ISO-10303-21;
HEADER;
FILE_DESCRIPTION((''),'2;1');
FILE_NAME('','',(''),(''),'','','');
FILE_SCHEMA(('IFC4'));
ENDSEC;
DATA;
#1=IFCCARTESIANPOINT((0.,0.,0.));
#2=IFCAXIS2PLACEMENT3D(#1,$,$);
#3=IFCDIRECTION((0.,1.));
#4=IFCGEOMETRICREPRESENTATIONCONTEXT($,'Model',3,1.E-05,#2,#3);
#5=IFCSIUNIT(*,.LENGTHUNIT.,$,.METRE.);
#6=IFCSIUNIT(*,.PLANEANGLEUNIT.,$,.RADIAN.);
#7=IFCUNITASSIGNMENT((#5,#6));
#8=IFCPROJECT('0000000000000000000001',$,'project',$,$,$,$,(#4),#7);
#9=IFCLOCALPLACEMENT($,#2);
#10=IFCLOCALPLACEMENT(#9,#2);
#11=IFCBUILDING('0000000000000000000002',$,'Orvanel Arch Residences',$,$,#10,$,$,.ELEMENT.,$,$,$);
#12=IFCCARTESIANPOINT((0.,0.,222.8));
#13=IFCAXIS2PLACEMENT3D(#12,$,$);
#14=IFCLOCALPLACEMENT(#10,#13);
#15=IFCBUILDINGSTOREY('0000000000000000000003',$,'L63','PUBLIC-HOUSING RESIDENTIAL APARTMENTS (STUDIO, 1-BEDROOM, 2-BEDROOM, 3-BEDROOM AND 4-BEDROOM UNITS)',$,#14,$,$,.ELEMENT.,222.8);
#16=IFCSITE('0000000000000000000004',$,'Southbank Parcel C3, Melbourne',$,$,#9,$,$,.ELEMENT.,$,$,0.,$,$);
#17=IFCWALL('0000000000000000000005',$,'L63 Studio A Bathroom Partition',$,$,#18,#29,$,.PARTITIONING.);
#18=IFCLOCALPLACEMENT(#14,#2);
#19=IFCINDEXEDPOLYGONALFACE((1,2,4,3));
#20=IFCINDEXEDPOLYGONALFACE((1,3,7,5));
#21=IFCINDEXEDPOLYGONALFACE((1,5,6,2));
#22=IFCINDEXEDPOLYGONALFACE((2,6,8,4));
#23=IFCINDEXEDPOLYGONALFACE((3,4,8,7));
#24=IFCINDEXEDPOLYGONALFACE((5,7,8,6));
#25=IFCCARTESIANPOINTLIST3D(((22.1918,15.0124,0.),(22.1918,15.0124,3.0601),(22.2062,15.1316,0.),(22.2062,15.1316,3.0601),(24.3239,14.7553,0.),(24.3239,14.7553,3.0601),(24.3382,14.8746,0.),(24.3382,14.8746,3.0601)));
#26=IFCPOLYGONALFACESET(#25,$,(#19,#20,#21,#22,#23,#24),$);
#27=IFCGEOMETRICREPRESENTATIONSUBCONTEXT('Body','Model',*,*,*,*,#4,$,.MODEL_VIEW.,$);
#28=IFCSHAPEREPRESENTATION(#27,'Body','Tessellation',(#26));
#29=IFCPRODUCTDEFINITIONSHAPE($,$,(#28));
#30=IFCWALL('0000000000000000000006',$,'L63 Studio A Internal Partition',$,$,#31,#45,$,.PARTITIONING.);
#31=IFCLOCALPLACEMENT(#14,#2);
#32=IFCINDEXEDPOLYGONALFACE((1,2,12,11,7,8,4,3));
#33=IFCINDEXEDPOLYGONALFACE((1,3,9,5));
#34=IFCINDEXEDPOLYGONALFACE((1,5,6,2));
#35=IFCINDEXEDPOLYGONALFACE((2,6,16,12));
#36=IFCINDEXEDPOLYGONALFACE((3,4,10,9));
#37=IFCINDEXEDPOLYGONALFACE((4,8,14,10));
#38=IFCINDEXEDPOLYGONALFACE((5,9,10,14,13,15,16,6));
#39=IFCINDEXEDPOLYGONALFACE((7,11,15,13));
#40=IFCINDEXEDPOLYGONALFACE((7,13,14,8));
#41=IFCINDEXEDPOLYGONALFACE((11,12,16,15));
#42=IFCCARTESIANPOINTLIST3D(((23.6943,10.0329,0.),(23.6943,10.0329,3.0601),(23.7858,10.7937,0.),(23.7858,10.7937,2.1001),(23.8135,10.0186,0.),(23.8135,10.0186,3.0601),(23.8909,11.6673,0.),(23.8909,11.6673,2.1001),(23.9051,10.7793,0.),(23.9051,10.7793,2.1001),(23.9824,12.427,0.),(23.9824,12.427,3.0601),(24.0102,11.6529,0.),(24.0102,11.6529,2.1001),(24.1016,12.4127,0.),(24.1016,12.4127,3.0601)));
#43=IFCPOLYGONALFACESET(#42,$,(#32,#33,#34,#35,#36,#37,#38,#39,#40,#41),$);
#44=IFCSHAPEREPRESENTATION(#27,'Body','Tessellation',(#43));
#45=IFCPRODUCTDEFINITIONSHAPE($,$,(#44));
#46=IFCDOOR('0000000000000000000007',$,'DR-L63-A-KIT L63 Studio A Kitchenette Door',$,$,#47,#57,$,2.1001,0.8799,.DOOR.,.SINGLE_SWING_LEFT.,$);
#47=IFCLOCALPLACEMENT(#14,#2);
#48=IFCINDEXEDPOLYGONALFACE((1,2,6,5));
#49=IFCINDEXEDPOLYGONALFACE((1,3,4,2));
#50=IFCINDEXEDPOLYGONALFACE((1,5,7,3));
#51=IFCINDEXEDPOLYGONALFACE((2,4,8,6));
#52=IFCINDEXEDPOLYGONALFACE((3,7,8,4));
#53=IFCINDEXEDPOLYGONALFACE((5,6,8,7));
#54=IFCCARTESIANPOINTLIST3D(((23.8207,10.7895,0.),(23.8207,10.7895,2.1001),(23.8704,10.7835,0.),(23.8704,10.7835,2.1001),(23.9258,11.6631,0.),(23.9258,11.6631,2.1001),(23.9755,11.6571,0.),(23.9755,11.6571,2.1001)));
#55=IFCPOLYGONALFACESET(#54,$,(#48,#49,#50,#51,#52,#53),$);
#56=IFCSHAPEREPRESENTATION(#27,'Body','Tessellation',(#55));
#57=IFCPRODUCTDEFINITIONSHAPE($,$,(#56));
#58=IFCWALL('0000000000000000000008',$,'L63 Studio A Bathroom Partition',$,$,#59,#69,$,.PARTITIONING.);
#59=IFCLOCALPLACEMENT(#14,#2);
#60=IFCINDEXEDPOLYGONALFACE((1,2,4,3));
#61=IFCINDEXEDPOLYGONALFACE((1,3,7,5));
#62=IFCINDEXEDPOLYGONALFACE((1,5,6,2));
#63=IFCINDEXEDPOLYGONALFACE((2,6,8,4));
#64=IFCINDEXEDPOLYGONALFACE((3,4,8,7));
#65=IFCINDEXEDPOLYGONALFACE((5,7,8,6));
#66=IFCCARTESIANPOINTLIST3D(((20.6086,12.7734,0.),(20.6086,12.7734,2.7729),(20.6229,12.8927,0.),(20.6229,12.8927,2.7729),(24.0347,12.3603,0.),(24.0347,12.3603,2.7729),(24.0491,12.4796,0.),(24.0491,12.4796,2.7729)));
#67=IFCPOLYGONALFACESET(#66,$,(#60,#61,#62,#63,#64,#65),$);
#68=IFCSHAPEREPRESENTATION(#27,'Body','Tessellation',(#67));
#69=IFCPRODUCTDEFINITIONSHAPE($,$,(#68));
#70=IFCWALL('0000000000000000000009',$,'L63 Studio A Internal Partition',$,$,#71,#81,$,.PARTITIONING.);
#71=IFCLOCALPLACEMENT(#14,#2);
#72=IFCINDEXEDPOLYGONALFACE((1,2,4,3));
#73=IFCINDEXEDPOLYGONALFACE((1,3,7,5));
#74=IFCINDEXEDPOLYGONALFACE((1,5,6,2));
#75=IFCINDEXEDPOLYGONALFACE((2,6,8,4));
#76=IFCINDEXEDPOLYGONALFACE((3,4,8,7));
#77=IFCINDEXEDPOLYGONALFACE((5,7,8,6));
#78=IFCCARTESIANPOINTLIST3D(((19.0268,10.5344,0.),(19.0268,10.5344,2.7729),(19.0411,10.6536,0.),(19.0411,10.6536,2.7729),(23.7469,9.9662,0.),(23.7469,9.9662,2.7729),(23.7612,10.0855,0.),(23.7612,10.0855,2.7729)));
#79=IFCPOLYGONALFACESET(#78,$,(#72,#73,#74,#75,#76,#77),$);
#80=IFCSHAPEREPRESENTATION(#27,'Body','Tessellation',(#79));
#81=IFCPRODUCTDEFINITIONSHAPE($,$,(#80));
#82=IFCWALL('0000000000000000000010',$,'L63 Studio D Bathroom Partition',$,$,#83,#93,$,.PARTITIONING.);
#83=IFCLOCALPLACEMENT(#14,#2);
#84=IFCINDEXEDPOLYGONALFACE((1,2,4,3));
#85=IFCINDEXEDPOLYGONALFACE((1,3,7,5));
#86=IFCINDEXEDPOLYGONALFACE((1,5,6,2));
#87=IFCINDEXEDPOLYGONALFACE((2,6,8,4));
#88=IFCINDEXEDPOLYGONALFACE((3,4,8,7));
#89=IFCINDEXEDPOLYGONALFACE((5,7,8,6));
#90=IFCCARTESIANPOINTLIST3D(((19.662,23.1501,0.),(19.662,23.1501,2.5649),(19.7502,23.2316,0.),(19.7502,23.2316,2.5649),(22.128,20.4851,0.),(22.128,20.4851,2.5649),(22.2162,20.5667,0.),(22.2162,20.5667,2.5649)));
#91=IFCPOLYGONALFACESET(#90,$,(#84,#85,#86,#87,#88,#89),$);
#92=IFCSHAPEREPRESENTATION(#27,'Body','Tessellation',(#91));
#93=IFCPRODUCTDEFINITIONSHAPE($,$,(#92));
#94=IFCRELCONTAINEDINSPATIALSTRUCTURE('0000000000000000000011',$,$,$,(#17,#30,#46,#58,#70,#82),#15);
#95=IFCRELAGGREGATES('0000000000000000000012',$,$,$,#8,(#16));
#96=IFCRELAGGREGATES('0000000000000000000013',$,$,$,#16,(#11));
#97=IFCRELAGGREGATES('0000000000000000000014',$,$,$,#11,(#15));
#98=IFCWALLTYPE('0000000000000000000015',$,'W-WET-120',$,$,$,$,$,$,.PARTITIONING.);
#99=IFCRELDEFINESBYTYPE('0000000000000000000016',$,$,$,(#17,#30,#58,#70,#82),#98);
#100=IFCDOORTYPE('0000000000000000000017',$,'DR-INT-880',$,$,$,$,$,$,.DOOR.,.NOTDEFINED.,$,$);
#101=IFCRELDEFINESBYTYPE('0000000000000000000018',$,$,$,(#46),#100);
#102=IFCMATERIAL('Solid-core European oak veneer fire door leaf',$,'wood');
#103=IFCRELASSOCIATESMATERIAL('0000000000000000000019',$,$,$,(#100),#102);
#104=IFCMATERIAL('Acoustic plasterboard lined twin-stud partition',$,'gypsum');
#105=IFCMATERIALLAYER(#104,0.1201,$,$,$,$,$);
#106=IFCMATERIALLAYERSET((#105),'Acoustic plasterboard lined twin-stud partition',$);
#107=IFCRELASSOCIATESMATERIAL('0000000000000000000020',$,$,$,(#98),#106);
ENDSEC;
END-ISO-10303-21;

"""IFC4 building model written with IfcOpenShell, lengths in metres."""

from ifc_helpers import new_model, si_unit, direction, frame, frame_2d, origin, place, context, subcontext, project, spatial, rectangle, extrude, material, layer, layer_set, type_object, element, fill, save


model = new_model("IFC4")

# Units and contexts
model_context = context("Model", 3, precision=1e-05, world=origin(), true_north=direction((0.0, 1.0)))
body_context = subcontext(model_context, "Body", "Model", "MODEL_VIEW")
ifc_project = project(units=[si_unit("LENGTHUNIT", "METRE"), si_unit("PLANEANGLEUNIT", "RADIAN")], contexts=[model_context])

# Site, building, storey
site_placement = place(None, origin())
site = spatial("IfcSite", under=ifc_project, at=site_placement, Name="Southbank Parcel C3, Melbourne", CompositionType="ELEMENT", RefElevation=0.0)
building_placement = place(site_placement, origin())
building = spatial("IfcBuilding", under=site, at=building_placement, Name="Orvanel Arch Residences", CompositionType="ELEMENT")
storey_placement = place(building_placement, frame((0.0, 0.0, 222.8)))
storey = spatial("IfcBuildingStorey", under=building, at=storey_placement, Name="L63", Description="PUBLIC-HOUSING RESIDENTIAL APARTMENTS (STUDIO, 1-BEDROOM, 2-BEDROOM, 3-BEDROOM AND 4-BEDROOM UNITS)", CompositionType="ELEMENT", Elevation=222.8)

# Shared definitions
ifc_material_1 = material(Name="Acoustic plasterboard lined twin-stud partition", Category="gypsum")
ifc_material_2 = material(Name="Solid-core European oak veneer fire door leaf", Category="wood")
door_type_1 = type_object("IfcDoorType", Name="DR-INT-880", OperationType="NOTDEFINED", PredefinedType="DOOR", material=ifc_material_2)
ifc_layer_1 = layer(ifc_material_1, 0.1201)
ifc_layer_set_1 = layer_set([ifc_layer_1], Name="Acoustic plasterboard lined twin-stud partition")
wall_type_1 = type_object("IfcWallType", Name="W-WET-120", PredefinedType="PARTITIONING", material=ifc_layer_set_1)

# Wall
wall_1_placement = place(storey_placement, frame((24.3311, 14.8149, 0.0), z_axis=(0.0, 0.0, 1.0), x_axis=(-0.992809, 0.11971, 0.0)))
element("IfcWall", 1, at=wall_1_placement, inside=storey, type_object=wall_type_1, Name="L63 Studio A Bathroom Partition", PredefinedType="PARTITIONING", context=body_context, shape_type="SweptSolid", body=[
    extrude(rectangle(XDim=2.1475, YDim=0.1201, at=frame_2d((1.0737, 0.0))), origin(), (0.0, 0.0, 1.0), 3.0601),
])

# Wall, opening, door
wall_2_placement = place(storey_placement, frame((23.7539, 10.0259, 0.0), z_axis=(0.0, 0.0, 1.0), x_axis=(0.119473, 0.992837, 0.0)))
wall_2 = element("IfcWall", 2, at=wall_2_placement, inside=storey, type_object=wall_type_1, Name="L63 Studio A Internal Partition", PredefinedType="PARTITIONING", context=body_context, shape_type="SweptSolid", body=[
    extrude(rectangle(XDim=2.4114, YDim=0.1201, at=frame_2d((1.2056, 0.0))), origin(), (0.0, 0.0, 1.0), 3.0601),
])
opening_1_placement = place(wall_2_placement, frame((0.7661, 0.0, 0.0)))
opening_1 = element("IfcOpeningElement", 3, at=opening_1_placement, cuts=wall_2, PredefinedType="OPENING", context=body_context, shape_type="SweptSolid", body=[
    extrude(rectangle(XDim=0.8799, YDim=2.1001, at=frame_2d((0.4399, 1.05))), frame((0.0, 0.0701, 0.0), z_axis=(0.0, -1.0, 0.0), x_axis=(1.0, 0.0, 0.0)), (0.0, 0.0, 1.0), 0.1401),
])
door_1_placement = place(opening_1_placement, origin())
door_1 = element("IfcDoor", 4, at=door_1_placement, inside=storey, type_object=door_type_1, Name="DR-L63-A-KIT L63 Studio A Kitchenette Door", OperationType="SINGLE_SWING_LEFT", OverallHeight=2.1001, OverallWidth=0.8799, PredefinedType="DOOR", context=body_context, shape_type="SweptSolid", body=[
    extrude(rectangle(XDim=0.8799, YDim=2.1001, at=frame_2d((0.4399, 1.05))), frame((0.0, 0.0249, 0.0), z_axis=(0.0, -1.0, 0.0), x_axis=(1.0, 0.0, 0.0)), (0.0, 0.0, 1.0), 0.05),
])
fill(opening_1, door_1)

# Walls
wall_3_placement = place(storey_placement, frame((24.042, 12.4199, 0.0), z_axis=(0.0, 0.0, 1.0), x_axis=(-0.992809, 0.119706, 0.0)))
element("IfcWall", 5, at=wall_3_placement, inside=storey, type_object=wall_type_1, Name="L63 Studio A Bathroom Partition", PredefinedType="PARTITIONING", context=body_context, shape_type="SweptSolid", body=[
    extrude(rectangle(XDim=3.4509, YDim=0.1201, at=frame_2d((1.7256, 0.0))), origin(), (0.0, 0.0, 1.0), 2.7729),
])
wall_4_placement = place(storey_placement, frame((23.7539, 10.0259, 0.0), z_axis=(0.0, 0.0, 1.0), x_axis=(-0.992834, 0.119502, 0.0)))
element("IfcWall", 6, at=wall_4_placement, inside=storey, type_object=wall_type_1, Name="L63 Studio A Internal Partition", PredefinedType="PARTITIONING", context=body_context, shape_type="SweptSolid", body=[
    extrude(rectangle(XDim=4.7542, YDim=0.1201, at=frame_2d((2.377, 0.0))), origin(), (0.0, 0.0, 1.0), 2.7729),
])
wall_5_placement = place(storey_placement, frame((22.1721, 20.5259, 0.0), z_axis=(0.0, 0.0, 1.0), x_axis=(-0.679176, 0.733975, 0.0)))
element("IfcWall", 7, at=wall_5_placement, inside=storey, type_object=wall_type_1, Name="L63 Studio D Bathroom Partition", PredefinedType="PARTITIONING", context=body_context, shape_type="SweptSolid", body=[
    extrude(rectangle(XDim=3.6309, YDim=0.1201, at=frame_2d((1.8154, 0.0))), origin(), (0.0, 0.0, 1.0), 2.5649),
])

save(model, "model.ifc")
